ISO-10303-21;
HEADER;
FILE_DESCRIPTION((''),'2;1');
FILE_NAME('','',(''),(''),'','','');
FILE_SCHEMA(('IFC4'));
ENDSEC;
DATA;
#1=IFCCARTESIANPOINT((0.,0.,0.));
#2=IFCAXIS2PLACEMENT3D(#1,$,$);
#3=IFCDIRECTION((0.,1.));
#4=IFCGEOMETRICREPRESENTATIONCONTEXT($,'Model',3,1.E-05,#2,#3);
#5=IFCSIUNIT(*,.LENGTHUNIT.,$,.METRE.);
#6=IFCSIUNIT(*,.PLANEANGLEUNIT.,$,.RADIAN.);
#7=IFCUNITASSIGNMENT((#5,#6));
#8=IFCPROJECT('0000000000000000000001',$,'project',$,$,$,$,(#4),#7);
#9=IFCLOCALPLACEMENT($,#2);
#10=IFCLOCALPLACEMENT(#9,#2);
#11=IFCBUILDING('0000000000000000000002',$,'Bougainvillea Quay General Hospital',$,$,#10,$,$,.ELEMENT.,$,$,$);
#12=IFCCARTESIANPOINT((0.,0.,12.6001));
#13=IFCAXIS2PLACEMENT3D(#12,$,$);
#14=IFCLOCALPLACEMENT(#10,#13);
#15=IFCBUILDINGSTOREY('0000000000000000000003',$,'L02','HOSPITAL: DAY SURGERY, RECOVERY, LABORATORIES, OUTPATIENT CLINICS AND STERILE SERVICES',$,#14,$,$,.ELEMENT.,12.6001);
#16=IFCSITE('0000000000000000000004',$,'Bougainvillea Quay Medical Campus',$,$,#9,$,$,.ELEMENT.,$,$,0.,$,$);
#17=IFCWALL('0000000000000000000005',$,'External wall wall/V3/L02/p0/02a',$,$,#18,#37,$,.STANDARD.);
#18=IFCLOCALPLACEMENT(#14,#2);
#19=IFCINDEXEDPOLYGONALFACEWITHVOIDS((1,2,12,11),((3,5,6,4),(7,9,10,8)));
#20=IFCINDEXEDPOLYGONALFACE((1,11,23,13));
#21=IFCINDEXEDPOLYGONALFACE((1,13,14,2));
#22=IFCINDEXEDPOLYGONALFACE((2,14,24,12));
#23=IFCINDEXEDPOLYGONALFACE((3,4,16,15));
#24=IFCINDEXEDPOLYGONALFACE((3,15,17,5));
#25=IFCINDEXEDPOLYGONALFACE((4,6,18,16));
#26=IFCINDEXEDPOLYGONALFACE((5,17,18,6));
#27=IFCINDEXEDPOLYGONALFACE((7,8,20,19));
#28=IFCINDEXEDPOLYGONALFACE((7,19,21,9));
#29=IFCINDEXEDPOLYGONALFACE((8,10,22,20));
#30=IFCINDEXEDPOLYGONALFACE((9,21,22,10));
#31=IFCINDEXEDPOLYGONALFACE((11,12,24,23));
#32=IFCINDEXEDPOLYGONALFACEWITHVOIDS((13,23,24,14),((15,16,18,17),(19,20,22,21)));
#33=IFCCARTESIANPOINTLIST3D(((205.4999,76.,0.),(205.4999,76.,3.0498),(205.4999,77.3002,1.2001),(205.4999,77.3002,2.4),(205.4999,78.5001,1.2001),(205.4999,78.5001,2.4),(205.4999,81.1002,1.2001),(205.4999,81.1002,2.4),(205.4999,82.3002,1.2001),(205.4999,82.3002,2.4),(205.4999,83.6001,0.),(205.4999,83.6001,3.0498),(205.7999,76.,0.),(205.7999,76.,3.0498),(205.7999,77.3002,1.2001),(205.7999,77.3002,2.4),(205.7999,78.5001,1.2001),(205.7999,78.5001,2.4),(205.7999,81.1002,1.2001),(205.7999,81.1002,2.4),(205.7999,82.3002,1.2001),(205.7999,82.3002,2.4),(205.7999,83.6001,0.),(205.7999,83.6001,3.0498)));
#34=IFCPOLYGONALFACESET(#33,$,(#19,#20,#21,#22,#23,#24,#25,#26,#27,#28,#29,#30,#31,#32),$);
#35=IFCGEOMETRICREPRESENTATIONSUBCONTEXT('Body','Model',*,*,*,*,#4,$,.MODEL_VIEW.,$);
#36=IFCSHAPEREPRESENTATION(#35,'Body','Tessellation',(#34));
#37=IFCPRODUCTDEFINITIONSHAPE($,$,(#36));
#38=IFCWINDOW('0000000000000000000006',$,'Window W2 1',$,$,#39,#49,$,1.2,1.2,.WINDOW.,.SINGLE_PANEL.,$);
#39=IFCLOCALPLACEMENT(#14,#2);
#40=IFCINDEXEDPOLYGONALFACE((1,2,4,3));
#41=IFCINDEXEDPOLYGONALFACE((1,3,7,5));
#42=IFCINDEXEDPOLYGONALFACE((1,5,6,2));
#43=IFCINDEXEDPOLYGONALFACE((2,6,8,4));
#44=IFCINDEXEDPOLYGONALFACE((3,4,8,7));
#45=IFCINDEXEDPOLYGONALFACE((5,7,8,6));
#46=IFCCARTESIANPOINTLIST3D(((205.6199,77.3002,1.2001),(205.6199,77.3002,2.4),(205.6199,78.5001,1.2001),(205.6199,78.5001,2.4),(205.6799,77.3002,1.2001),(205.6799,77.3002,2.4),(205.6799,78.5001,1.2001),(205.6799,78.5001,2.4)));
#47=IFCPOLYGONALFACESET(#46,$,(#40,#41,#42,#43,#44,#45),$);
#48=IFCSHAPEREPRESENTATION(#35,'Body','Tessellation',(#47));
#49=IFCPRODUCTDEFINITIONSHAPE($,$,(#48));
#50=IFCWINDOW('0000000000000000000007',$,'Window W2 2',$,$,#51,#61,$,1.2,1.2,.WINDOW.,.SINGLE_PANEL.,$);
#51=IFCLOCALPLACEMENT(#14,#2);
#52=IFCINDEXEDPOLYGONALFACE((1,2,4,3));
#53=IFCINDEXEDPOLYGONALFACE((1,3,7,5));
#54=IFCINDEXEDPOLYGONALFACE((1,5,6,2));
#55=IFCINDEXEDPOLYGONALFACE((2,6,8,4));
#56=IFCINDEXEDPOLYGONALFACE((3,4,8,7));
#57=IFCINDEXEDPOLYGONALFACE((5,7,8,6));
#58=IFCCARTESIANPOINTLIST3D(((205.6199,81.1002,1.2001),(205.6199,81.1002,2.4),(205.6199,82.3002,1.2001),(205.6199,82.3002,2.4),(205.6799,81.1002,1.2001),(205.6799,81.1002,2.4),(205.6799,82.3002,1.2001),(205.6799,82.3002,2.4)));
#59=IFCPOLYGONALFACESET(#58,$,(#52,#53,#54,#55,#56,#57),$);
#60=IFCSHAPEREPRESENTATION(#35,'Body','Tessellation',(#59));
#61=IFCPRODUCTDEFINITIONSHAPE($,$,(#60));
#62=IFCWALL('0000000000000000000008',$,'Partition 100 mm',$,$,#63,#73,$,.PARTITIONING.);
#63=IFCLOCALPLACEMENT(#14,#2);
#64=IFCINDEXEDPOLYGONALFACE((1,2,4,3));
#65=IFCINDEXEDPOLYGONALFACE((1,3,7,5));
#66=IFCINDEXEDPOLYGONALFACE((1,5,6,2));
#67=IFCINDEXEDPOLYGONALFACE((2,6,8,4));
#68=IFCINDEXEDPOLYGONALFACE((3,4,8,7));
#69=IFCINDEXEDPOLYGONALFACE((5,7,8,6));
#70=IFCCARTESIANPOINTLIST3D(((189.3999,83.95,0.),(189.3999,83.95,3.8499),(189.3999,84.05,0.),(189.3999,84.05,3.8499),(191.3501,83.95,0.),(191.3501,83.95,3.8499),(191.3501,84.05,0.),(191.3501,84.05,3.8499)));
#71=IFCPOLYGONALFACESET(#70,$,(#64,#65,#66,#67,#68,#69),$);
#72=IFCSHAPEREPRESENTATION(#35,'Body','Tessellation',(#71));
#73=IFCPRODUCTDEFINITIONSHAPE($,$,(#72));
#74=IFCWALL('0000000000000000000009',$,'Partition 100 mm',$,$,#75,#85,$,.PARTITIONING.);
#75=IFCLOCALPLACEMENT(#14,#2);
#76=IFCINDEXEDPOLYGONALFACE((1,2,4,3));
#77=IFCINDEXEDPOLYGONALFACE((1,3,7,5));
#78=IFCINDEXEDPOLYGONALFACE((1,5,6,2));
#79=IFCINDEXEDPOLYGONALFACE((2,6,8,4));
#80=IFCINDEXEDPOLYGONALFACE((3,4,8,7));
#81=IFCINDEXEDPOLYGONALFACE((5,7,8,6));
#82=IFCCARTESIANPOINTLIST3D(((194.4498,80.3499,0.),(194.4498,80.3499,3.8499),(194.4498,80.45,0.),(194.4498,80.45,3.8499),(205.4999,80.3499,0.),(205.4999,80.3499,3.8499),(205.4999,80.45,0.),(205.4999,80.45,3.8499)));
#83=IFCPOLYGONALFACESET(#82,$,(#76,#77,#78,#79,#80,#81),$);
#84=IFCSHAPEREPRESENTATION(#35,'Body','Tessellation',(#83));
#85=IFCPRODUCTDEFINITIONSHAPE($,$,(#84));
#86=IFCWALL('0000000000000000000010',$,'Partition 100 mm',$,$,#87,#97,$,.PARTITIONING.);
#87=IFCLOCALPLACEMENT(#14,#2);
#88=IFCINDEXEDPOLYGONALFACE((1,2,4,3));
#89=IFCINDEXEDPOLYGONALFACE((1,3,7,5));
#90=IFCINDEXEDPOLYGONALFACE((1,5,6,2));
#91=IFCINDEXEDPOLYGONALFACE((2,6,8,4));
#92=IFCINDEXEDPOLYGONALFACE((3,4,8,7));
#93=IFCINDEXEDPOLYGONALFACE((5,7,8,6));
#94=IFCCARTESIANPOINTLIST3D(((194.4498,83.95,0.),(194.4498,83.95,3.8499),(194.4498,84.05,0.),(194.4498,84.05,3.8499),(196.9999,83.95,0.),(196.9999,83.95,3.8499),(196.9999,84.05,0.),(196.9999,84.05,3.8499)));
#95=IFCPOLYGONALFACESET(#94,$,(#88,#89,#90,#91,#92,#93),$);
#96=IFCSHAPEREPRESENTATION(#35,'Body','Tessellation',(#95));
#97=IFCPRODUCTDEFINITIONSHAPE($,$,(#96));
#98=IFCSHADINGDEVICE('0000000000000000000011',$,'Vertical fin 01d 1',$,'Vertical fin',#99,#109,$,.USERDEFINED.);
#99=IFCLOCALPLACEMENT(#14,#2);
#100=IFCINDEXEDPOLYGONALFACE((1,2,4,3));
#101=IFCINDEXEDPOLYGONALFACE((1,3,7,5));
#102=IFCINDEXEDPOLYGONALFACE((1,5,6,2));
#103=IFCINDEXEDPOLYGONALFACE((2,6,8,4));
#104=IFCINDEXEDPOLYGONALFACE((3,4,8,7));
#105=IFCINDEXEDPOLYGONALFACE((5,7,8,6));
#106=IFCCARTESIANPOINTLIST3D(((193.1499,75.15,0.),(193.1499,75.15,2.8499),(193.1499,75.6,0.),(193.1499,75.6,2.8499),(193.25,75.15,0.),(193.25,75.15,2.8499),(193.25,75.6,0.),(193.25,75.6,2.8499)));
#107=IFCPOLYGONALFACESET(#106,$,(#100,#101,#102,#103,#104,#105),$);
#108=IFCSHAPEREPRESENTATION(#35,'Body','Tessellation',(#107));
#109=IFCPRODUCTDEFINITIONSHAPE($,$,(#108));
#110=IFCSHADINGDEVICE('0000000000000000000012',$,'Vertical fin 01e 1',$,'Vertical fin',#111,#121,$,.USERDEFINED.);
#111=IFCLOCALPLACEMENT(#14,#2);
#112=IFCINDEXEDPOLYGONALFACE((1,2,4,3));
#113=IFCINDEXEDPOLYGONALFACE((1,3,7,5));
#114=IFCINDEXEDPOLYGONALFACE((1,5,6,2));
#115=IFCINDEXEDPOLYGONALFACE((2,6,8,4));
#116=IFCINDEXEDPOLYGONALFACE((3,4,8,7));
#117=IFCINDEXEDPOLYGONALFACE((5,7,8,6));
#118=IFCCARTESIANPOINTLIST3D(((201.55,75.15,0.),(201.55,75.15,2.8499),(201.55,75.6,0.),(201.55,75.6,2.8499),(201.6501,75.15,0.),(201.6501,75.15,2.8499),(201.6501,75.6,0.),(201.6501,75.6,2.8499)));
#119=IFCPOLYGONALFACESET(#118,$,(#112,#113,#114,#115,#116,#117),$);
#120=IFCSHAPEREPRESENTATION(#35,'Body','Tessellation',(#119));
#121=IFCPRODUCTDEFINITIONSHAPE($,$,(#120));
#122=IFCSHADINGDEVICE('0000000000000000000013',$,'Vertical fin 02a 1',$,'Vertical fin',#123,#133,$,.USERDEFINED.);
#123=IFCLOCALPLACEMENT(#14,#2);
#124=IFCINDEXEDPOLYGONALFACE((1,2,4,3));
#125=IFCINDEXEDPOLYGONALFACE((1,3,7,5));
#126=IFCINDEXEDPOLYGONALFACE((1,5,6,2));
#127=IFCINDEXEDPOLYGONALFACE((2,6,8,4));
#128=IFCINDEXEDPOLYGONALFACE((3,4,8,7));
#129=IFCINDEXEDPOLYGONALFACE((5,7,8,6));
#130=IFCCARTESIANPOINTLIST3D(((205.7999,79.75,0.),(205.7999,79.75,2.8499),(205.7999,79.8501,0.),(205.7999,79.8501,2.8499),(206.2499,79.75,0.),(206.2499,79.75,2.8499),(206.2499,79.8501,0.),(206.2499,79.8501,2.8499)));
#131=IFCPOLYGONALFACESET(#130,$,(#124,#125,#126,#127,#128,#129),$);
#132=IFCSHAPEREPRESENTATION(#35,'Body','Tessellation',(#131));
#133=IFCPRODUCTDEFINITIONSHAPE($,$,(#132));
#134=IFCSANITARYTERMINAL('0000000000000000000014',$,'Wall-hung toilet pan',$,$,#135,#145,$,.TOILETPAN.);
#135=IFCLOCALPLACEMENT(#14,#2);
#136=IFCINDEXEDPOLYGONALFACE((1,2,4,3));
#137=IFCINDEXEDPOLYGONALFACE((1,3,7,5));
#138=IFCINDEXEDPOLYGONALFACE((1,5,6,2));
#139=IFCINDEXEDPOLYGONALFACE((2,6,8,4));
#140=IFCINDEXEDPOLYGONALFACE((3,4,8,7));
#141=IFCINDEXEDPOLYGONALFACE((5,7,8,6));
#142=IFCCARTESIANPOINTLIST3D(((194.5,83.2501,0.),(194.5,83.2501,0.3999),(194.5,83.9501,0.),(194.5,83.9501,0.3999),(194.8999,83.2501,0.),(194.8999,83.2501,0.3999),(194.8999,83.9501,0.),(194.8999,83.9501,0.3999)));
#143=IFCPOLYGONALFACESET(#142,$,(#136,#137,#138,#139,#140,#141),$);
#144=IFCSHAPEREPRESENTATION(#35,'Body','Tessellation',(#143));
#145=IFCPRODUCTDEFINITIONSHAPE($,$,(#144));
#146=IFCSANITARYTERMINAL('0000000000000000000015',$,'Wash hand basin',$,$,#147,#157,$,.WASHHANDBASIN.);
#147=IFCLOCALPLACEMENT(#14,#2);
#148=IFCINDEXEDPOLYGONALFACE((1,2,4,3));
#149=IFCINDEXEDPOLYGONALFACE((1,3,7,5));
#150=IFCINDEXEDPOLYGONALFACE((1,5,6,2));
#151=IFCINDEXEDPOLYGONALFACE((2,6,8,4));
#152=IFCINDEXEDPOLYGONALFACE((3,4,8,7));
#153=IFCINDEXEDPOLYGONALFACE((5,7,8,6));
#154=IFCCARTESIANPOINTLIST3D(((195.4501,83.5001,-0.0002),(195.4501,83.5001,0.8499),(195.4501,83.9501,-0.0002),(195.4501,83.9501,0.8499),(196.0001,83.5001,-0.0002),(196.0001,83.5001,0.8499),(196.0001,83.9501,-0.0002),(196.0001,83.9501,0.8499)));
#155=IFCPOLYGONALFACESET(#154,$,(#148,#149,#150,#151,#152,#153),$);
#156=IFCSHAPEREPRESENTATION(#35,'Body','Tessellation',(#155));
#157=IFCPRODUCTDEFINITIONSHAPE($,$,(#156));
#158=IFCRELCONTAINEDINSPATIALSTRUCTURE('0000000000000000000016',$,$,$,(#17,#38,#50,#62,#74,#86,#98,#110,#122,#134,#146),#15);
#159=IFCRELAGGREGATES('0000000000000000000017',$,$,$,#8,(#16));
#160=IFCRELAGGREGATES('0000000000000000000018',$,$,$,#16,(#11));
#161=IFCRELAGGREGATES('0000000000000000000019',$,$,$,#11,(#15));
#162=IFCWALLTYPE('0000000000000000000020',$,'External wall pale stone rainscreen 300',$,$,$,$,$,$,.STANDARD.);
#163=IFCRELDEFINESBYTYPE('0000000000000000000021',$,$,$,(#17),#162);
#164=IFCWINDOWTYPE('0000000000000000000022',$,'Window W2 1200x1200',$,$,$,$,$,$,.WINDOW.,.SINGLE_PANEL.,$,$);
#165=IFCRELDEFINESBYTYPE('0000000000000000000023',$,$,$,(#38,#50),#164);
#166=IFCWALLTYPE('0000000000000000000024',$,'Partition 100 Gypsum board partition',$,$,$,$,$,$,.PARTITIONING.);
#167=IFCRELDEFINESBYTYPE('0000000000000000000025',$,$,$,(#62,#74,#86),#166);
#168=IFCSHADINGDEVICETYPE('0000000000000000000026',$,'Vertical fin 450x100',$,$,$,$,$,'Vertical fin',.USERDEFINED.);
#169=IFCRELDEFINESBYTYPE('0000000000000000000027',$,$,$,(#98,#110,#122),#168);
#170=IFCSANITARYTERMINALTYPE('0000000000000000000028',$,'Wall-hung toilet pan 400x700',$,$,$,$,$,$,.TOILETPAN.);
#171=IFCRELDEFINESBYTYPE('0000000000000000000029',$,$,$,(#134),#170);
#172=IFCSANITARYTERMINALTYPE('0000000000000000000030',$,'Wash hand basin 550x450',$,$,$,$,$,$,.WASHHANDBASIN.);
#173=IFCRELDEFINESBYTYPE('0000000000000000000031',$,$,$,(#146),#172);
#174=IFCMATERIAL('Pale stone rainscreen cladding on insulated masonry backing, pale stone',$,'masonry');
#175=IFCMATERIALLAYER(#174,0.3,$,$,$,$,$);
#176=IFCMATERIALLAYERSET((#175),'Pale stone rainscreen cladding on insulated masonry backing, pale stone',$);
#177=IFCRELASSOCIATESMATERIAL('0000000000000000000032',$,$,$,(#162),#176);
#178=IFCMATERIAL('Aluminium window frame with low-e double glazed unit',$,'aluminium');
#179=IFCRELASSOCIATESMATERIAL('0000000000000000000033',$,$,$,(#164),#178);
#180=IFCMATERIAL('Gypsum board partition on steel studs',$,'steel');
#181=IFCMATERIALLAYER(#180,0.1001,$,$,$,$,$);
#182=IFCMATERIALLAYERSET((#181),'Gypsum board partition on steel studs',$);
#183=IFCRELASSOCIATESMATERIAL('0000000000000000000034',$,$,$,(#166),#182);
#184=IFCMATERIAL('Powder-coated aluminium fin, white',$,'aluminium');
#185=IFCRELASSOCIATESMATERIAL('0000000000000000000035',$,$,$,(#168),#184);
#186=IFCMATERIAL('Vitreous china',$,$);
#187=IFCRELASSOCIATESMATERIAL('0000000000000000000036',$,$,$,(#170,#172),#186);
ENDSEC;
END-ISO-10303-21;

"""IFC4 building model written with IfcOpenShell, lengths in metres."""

from ifc_helpers import new_model, si_unit, direction, frame, frame_2d, origin, origin_2d, place, context, subcontext, project, spatial, rectangle, extrude, material, layer, layer_set, material_profile, profile_set, type_object, element, fill, save


model = new_model("IFC4")

# Units and contexts
model_context = context("Model", 3, precision=1e-05, world=origin(), true_north=direction((0.0, 1.0)))
body_context = subcontext(model_context, "Body", "Model", "MODEL_VIEW")
ifc_project = project(units=[si_unit("LENGTHUNIT", "METRE"), si_unit("PLANEANGLEUNIT", "RADIAN")], contexts=[model_context])

# Site, building, storey
site_placement = place(None, origin())
site = spatial("IfcSite", under=ifc_project, at=site_placement, Name="Bougainvillea Quay Medical Campus", CompositionType="ELEMENT", RefElevation=0.0)
building_placement = place(site_placement, origin())
building = spatial("IfcBuilding", under=site, at=building_placement, Name="Bougainvillea Quay General Hospital", CompositionType="ELEMENT")
storey_placement = place(building_placement, frame((0.0, 0.0, 12.6001)))
storey = spatial("IfcBuildingStorey", under=building, at=storey_placement, Name="L02", Description="HOSPITAL: DAY SURGERY, RECOVERY, LABORATORIES, OUTPATIENT CLINICS AND STERILE SERVICES", CompositionType="ELEMENT", Elevation=12.6001)

# Wall, openings, windows
ifc_material_1 = material(Name="Pale stone rainscreen cladding on insulated masonry backing, pale stone", Category="masonry")
ifc_layer_1 = layer(ifc_material_1, 0.3)
ifc_layer_set_1 = layer_set([ifc_layer_1], Name="Pale stone rainscreen cladding on insulated masonry backing, pale stone")
wall_type_1 = type_object("IfcWallType", Name="External wall pale stone rainscreen 300", PredefinedType="STANDARD", material=ifc_layer_set_1)
ifc_material_2 = material(Name="Aluminium window frame with low-e double glazed unit", Category="aluminium")
window_type = type_object("IfcWindowType", Name="Window W2 1200x1200", PartitioningType="SINGLE_PANEL", PredefinedType="WINDOW", material=ifc_material_2)
wall_1_placement = place(storey_placement, frame((205.6499, 76.0, 0.0), z_axis=(0.0, 0.0, 1.0), x_axis=(0.0, 1.0, 0.0)))
wall_1 = element("IfcWall", 1, at=wall_1_placement, inside=storey, type_object=wall_type_1, Name="External wall wall/V3/L02/p0/02a", PredefinedType="STANDARD", context=body_context, shape_type="SweptSolid", body=[
    extrude(rectangle(XDim=7.6001, YDim=0.3, at=frame_2d((3.8, 0.0))), origin(), (0.0, 0.0, 1.0), 3.0498),
])
opening_1_placement = place(wall_1_placement, frame((1.3, 0.0, 1.2)))
opening_1 = element("IfcOpeningElement", 2, at=opening_1_placement, cuts=wall_1, PredefinedType="OPENING", context=body_context, shape_type="SweptSolid", body=[
    extrude(rectangle(XDim=1.2, YDim=1.2, at=frame_2d((0.6001, 0.6001))), frame((0.0, 0.1599, 0.0), z_axis=(0.0, -1.0, 0.0), x_axis=(1.0, 0.0, 0.0)), (0.0, 0.0, 1.0), 0.3201),
])
opening_2_placement = place(wall_1_placement, frame((5.1001, 0.0, 1.2)))
opening_2 = element("IfcOpeningElement", 3, at=opening_2_placement, cuts=wall_1, PredefinedType="OPENING", context=body_context, shape_type="SweptSolid", body=[
    extrude(rectangle(XDim=1.2, YDim=1.2, at=frame_2d((0.6001, 0.6001))), frame((0.0, 0.1599, 0.0), z_axis=(0.0, -1.0, 0.0), x_axis=(1.0, 0.0, 0.0)), (0.0, 0.0, 1.0), 0.3201),
])
window_1_placement = place(opening_1_placement, origin())
window_1 = element("IfcWindow", 4, at=window_1_placement, inside=storey, type_object=window_type, Name="Window W2 1", OverallHeight=1.2, OverallWidth=1.2, PartitioningType="SINGLE_PANEL", PredefinedType="WINDOW", context=body_context, shape_type="SweptSolid", body=[
    extrude(rectangle(XDim=1.2, YDim=1.2, at=frame_2d((0.6001, 0.6001))), frame((0.0, 0.03, 0.0), z_axis=(0.0, -1.0, 0.0), x_axis=(1.0, 0.0, 0.0)), (0.0, 0.0, 1.0), 0.0601),
])
fill(opening_1, window_1)
window_2_placement = place(opening_2_placement, origin())
window_2 = element("IfcWindow", 5, at=window_2_placement, inside=storey, type_object=window_type, Name="Window W2 2", OverallHeight=1.2, OverallWidth=1.2, PartitioningType="SINGLE_PANEL", PredefinedType="WINDOW", context=body_context, shape_type="SweptSolid", body=[
    extrude(rectangle(XDim=1.2, YDim=1.2, at=frame_2d((0.6001, 0.6001))), frame((0.0, 0.03, 0.0), z_axis=(0.0, -1.0, 0.0), x_axis=(1.0, 0.0, 0.0)), (0.0, 0.0, 1.0), 0.0601),
])
fill(opening_2, window_2)

# Walls
ifc_material_3 = material(Name="Gypsum board partition on steel studs", Category="steel")
ifc_layer_2 = layer(ifc_material_3, 0.1001)
ifc_layer_set_2 = layer_set([ifc_layer_2], Name="Gypsum board partition on steel studs")
wall_type_2 = type_object("IfcWallType", Name="Partition 100 Gypsum board partition", PredefinedType="PARTITIONING", material=ifc_layer_set_2)
wall_2_placement = place(storey_placement, frame((189.3999, 84.0, 0.0), z_axis=(0.0, 0.0, 1.0), x_axis=(1.0, 0.0, 0.0)))
element("IfcWall", 6, at=wall_2_placement, inside=storey, type_object=wall_type_2, Name="Partition 100 mm", PredefinedType="PARTITIONING", context=body_context, shape_type="SweptSolid", body=[
    extrude(rectangle(XDim=1.9502, YDim=0.1001, at=frame_2d((0.9751, 0.0))), origin(), (0.0, 0.0, 1.0), 3.8499),
])
wall_3_placement = place(storey_placement, frame((194.45, 80.3999, 0.0), z_axis=(0.0, 0.0, 1.0), x_axis=(1.0, 0.0, 0.0)))
element("IfcWall", 7, at=wall_3_placement, inside=storey, type_object=wall_type_2, Name="Partition 100 mm", PredefinedType="PARTITIONING", context=body_context, shape_type="SweptSolid", body=[
    extrude(rectangle(XDim=11.05, YDim=0.1001, at=frame_2d((5.5249, 0.0))), origin(), (0.0, 0.0, 1.0), 3.8499),
])
wall_4_placement = place(storey_placement, frame((194.45, 84.0, 0.0), z_axis=(0.0, 0.0, 1.0), x_axis=(1.0, 0.0, 0.0)))
element("IfcWall", 8, at=wall_4_placement, inside=storey, type_object=wall_type_2, Name="Partition 100 mm", PredefinedType="PARTITIONING", context=body_context, shape_type="SweptSolid", body=[
    extrude(rectangle(XDim=2.55, YDim=0.1001, at=frame_2d((1.2749, 0.0))), origin(), (0.0, 0.0, 1.0), 3.8499),
])

# Shading devices
ifc_material_4 = material(Name="Powder-coated aluminium fin, white", Category="aluminium")
ifc_material_profile_1 = material_profile(ifc_material_4, rectangle(XDim=0.45, YDim=0.1001, at=origin_2d()))
ifc_profile_set_1 = profile_set([ifc_material_profile_1], Name="Powder-coated aluminium fin, white")
shading_device_type = type_object("IfcShadingDeviceType", Name="Vertical fin 450x100", ElementType="Vertical fin", PredefinedType="USERDEFINED", material=ifc_profile_set_1)
for number, where, z_axis, x_axis, name in (
    (9, (193.2, 75.375, 0.0), (0.0, 0.0, 1.0), (0.0, -1.0, 0.0), "Vertical fin 01d 1"),
    (10, (201.6001, 75.375, 0.0), (0.0, 0.0, 1.0), (0.0, -1.0, 0.0), "Vertical fin 01e 1"),
    (11, (206.0249, 79.8, 0.0), (0.0, 0.0, 1.0), (1.0, 0.0, 0.0), "Vertical fin 02a 1"),
):
    element("IfcShadingDevice", number, at=place(storey_placement, frame(where, z_axis=z_axis, x_axis=x_axis)), inside=storey, type_object=shading_device_type, Name=name, ObjectType="Vertical fin", PredefinedType="USERDEFINED", context=body_context, shape_type="SweptSolid", body=[
        extrude(rectangle(XDim=0.45, YDim=0.1001, at=origin_2d()), origin(), (0.0, 0.0, 1.0), 2.8499),
    ])

# Sanitary terminals
ifc_material_5 = material(Name="Vitreous china")
sanitary_terminal_type_1 = type_object("IfcSanitaryTerminalType", Name="Wall-hung toilet pan 400x700", PredefinedType="TOILETPAN", material=ifc_material_5)
sanitary_terminal_1_placement = place(storey_placement, frame((194.7, 83.6001, 0.0), z_axis=(0.0, 0.0, 1.0), x_axis=(1.0, 0.0, 0.0)))
element("IfcSanitaryTerminal", 12, at=sanitary_terminal_1_placement, inside=storey, type_object=sanitary_terminal_type_1, Name="Wall-hung toilet pan", PredefinedType="TOILETPAN", context=body_context, shape_type="SweptSolid", body=[
    extrude(rectangle(XDim=0.3999, YDim=0.7, at=origin_2d()), origin(), (0.0, 0.0, 1.0), 0.3999),
])
sanitary_terminal_type_2 = type_object("IfcSanitaryTerminalType", Name="Wash hand basin 550x450", PredefinedType="WASHHANDBASIN", material=ifc_material_5)
sanitary_terminal_2_placement = place(storey_placement, frame((195.7251, 83.7251, -0.0002), z_axis=(0.0, 0.0, 1.0), x_axis=(1.0, 0.0, 0.0)))
element("IfcSanitaryTerminal", 13, at=sanitary_terminal_2_placement, inside=storey, type_object=sanitary_terminal_type_2, Name="Wash hand basin", PredefinedType="WASHHANDBASIN", context=body_context, shape_type="SweptSolid", body=[
    extrude(rectangle(XDim=0.55, YDim=0.45, at=origin_2d()), origin(), (0.0, 0.0, 1.0), 0.8501),
])

save(model, "model.ifc")
